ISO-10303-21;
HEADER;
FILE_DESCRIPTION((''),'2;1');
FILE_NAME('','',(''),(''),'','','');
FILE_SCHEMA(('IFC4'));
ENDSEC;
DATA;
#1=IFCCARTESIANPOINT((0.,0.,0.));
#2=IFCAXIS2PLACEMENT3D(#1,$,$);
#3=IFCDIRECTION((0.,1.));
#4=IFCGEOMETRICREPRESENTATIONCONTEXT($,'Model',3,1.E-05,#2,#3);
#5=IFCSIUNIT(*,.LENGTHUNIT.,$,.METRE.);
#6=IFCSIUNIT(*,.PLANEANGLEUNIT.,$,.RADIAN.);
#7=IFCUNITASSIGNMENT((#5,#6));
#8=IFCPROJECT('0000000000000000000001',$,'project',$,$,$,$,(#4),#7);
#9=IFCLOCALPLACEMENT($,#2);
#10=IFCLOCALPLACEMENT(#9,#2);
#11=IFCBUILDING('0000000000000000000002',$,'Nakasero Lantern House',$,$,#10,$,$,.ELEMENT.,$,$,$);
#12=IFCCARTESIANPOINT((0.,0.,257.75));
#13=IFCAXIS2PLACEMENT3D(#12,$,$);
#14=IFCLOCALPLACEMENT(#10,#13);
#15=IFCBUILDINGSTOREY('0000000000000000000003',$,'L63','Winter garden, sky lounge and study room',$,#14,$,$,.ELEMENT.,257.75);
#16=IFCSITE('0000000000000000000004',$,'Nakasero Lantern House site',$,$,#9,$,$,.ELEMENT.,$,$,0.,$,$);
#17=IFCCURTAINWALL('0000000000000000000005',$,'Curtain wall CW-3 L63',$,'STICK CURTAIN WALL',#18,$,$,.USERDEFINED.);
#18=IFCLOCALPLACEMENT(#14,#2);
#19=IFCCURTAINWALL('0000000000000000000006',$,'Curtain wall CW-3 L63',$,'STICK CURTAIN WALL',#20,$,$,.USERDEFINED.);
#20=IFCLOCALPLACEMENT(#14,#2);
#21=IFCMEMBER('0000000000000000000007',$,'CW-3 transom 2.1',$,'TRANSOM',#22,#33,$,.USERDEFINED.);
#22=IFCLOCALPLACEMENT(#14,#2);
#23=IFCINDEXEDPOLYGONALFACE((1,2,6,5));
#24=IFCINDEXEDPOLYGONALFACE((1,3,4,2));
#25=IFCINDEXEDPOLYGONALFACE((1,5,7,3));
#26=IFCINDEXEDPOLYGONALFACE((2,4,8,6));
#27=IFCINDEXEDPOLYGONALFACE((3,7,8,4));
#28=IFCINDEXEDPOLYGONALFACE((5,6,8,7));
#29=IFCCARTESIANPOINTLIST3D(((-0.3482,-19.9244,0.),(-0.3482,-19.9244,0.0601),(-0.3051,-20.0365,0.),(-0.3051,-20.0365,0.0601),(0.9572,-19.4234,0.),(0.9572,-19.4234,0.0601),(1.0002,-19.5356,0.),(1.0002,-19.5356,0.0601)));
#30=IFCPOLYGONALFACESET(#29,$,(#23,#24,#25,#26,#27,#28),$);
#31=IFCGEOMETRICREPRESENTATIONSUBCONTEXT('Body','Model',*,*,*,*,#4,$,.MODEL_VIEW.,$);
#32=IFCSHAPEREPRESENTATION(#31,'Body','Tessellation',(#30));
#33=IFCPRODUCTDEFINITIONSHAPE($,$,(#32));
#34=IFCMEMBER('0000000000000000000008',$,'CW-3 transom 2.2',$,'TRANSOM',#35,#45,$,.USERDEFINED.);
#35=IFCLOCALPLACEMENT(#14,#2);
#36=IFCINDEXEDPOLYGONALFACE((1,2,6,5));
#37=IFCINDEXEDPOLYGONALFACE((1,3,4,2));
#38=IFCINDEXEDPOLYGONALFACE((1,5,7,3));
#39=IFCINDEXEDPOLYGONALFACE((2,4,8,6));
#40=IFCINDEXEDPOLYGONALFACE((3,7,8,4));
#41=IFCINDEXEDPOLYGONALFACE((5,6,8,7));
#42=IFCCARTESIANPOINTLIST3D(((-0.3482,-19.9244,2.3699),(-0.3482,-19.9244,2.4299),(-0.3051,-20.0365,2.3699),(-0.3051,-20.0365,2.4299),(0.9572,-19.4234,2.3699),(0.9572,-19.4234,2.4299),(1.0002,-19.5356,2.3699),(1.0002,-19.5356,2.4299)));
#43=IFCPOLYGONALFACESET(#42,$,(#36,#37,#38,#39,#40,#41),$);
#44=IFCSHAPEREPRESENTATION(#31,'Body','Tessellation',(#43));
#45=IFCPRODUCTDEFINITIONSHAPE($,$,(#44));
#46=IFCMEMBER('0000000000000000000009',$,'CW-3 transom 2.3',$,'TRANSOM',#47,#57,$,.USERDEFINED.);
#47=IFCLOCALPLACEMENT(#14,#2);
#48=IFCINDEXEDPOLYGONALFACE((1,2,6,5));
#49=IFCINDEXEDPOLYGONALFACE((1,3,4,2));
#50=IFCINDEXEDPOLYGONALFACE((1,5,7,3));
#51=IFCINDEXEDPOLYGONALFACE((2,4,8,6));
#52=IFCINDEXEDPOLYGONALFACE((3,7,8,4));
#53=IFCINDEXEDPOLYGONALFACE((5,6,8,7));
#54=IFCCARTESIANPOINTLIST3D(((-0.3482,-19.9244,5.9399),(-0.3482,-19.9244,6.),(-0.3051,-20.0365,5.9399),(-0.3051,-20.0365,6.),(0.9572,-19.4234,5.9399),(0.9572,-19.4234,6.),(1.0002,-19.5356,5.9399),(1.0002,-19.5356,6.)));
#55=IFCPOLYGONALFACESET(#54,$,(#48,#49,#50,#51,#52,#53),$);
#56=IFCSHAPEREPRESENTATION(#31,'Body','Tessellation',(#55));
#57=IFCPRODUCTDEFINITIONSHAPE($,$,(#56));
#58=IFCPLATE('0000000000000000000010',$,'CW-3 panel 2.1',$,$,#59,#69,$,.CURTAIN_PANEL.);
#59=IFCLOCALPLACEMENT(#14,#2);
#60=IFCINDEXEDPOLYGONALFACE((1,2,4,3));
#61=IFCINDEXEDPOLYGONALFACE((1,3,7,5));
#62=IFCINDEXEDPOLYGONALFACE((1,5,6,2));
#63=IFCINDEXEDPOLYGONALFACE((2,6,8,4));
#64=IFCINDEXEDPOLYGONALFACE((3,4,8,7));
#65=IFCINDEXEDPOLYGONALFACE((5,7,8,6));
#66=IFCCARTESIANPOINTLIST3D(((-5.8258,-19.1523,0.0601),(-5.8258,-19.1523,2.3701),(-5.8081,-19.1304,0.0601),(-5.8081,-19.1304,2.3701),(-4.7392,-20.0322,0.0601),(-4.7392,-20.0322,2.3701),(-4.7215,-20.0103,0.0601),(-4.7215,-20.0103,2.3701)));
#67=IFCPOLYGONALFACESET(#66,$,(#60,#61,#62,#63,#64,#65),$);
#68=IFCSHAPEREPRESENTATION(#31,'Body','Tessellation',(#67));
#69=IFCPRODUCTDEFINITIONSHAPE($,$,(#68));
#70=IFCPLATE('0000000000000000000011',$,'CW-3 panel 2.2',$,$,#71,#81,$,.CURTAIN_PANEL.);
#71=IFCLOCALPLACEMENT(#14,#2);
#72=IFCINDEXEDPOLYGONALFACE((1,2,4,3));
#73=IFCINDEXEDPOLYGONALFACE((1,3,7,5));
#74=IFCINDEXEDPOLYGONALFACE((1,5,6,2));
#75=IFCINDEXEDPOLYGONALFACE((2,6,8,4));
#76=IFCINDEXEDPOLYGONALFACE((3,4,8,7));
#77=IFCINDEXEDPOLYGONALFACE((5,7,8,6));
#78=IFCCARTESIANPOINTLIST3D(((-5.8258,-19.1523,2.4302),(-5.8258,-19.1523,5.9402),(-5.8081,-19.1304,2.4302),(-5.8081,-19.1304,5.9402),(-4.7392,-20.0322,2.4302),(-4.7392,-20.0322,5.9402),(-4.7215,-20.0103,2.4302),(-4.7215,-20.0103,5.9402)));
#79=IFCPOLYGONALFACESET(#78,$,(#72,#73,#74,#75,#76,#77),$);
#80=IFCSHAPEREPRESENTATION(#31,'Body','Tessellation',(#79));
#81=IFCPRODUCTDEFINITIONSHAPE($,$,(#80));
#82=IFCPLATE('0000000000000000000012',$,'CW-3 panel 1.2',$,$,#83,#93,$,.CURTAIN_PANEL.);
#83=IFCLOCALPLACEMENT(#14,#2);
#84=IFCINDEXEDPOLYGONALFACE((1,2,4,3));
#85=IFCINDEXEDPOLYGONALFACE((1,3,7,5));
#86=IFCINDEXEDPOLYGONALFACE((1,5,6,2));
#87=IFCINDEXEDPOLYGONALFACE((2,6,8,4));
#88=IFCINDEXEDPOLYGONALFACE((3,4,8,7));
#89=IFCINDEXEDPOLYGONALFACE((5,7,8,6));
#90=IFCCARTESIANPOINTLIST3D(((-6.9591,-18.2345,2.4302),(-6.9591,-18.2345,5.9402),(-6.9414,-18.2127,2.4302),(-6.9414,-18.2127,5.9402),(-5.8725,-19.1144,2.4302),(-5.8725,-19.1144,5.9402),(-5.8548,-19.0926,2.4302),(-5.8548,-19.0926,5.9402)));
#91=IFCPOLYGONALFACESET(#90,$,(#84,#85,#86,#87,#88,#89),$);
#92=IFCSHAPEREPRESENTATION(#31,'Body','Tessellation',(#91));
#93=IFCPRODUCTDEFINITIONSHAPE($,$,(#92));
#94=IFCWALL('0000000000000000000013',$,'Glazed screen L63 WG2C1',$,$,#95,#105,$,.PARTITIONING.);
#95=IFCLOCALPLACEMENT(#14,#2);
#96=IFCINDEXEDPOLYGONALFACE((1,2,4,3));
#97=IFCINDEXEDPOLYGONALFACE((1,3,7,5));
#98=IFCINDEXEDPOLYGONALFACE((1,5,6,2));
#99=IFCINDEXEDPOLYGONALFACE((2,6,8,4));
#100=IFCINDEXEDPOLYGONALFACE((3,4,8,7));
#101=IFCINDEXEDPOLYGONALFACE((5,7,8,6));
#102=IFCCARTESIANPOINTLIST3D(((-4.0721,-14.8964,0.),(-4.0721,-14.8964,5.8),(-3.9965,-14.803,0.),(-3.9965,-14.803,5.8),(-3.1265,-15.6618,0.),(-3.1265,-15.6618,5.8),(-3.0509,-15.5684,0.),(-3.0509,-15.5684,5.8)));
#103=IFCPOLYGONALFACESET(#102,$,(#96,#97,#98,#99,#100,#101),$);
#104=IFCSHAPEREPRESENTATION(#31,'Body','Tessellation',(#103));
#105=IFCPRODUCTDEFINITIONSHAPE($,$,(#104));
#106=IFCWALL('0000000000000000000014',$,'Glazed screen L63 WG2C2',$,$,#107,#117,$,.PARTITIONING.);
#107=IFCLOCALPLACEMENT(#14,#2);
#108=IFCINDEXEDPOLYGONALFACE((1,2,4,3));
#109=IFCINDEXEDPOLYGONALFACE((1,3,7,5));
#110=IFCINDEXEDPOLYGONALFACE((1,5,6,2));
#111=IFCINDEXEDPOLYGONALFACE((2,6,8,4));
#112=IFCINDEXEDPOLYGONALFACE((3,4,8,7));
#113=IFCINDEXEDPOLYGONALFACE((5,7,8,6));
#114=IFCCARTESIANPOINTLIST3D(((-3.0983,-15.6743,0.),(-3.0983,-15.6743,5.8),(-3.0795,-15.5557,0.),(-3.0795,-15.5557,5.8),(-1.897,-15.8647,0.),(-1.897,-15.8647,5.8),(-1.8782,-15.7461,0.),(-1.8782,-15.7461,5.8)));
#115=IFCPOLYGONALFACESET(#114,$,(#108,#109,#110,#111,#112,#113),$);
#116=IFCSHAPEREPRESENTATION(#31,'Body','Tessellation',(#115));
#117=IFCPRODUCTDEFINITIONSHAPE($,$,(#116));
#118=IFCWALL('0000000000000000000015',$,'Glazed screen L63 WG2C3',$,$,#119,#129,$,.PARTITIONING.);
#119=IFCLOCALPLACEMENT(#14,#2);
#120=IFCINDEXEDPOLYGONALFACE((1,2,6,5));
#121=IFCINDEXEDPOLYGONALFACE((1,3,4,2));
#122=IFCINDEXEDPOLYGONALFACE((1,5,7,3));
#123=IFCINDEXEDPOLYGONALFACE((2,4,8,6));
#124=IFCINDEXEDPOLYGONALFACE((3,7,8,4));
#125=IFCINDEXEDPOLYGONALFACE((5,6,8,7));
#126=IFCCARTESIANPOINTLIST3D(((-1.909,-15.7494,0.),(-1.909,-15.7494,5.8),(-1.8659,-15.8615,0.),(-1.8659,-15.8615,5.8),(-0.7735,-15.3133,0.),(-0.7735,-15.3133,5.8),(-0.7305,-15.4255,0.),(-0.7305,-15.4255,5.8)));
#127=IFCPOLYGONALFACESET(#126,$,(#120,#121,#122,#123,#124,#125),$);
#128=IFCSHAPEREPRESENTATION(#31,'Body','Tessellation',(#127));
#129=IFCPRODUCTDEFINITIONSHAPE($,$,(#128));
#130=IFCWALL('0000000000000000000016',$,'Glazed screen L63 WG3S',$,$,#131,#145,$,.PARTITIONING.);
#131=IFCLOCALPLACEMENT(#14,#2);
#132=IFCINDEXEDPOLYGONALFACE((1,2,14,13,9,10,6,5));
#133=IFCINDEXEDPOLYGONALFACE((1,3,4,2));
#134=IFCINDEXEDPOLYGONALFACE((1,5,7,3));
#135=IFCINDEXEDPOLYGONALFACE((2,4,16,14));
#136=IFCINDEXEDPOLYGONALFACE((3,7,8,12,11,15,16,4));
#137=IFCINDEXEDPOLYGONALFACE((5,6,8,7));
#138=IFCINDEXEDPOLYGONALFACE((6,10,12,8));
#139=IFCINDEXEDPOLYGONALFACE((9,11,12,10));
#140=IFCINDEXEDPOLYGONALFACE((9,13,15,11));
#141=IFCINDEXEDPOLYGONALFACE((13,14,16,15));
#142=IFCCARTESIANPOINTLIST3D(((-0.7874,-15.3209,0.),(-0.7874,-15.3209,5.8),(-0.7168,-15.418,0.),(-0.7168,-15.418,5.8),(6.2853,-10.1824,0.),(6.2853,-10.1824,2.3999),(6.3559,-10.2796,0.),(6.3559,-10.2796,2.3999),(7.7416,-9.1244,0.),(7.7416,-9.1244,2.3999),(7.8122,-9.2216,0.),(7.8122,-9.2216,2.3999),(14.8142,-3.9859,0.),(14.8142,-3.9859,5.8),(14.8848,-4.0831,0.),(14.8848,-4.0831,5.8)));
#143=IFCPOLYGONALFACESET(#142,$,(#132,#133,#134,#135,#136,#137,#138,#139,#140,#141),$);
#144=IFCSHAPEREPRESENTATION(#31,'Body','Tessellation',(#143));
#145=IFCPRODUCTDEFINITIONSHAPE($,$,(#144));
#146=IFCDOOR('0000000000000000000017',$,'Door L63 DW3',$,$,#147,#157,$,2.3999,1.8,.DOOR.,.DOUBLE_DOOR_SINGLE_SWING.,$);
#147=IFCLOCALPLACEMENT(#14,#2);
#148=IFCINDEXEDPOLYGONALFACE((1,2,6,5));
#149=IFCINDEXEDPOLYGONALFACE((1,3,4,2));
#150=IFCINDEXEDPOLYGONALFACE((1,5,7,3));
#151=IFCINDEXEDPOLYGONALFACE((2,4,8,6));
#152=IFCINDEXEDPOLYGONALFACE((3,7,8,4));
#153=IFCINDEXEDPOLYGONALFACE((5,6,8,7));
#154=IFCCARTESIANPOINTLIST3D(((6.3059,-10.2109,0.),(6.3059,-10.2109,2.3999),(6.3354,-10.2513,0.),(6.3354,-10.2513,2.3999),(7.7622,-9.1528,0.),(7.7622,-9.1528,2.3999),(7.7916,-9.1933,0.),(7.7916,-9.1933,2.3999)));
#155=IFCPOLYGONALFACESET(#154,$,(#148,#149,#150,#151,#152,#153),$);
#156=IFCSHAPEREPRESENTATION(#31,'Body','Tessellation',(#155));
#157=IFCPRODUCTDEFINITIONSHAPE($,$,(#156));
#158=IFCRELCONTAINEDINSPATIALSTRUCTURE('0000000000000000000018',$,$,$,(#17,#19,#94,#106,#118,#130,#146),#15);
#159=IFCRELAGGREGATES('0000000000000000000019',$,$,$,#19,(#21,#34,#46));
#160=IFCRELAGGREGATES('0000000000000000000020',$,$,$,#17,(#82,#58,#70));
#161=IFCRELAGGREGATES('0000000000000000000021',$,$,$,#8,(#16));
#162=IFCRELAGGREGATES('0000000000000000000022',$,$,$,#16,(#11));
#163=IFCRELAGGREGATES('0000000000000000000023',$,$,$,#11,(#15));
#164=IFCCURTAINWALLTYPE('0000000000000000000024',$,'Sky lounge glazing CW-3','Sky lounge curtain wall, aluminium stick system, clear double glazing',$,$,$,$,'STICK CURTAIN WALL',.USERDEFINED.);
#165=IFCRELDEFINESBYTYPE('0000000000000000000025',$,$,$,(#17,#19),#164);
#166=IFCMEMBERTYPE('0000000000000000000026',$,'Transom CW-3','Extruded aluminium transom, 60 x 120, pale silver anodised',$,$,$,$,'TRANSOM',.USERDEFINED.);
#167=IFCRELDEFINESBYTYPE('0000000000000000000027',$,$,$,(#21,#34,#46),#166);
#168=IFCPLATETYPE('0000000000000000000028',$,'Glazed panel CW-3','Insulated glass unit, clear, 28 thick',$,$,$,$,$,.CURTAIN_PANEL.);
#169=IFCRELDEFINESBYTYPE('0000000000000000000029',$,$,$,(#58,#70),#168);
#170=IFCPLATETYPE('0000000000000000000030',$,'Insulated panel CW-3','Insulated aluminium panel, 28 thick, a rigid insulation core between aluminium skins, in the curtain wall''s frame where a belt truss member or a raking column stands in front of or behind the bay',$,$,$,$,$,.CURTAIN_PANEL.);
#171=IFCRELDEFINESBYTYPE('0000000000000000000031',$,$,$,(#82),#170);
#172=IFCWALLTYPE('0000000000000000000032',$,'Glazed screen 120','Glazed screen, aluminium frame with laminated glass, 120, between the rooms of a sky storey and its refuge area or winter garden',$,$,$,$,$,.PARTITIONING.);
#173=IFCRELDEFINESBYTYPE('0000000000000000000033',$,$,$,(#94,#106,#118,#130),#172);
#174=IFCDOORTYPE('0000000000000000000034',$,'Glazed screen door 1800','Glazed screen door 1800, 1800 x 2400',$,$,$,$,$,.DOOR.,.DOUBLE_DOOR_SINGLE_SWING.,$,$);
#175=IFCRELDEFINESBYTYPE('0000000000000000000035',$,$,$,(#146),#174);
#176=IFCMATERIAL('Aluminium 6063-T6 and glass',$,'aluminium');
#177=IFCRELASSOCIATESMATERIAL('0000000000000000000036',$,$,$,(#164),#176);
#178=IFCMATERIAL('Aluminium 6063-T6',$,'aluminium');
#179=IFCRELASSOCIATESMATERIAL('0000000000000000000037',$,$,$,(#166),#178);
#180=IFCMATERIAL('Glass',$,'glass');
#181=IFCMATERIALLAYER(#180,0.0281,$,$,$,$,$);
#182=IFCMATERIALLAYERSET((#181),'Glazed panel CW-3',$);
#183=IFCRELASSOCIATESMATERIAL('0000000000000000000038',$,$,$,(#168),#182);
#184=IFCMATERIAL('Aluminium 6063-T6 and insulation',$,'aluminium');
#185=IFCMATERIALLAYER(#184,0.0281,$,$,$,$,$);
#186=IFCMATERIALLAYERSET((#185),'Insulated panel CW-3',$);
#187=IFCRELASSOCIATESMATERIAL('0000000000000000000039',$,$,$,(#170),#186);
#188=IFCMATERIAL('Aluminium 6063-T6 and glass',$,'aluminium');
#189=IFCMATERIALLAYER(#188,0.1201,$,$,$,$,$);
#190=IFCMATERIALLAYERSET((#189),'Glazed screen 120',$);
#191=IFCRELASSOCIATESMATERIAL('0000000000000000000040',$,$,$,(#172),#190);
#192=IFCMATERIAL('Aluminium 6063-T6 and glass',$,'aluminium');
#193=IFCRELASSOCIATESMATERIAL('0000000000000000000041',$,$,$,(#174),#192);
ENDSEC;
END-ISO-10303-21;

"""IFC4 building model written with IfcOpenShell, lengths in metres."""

from ifc_helpers import new_model, si_unit, direction, frame, frame_2d, origin, origin_2d, place, context, subcontext, project, spatial, rectangle, extrude, material, layer, layer_set, material_profile, profile_set, type_object, element, fill, aggregate, save


model = new_model("IFC4")

# Units and contexts
model_context = context("Model", 3, precision=1e-05, world=origin(), true_north=direction((0.0, 1.0)))
body_context = subcontext(model_context, "Body", "Model", "MODEL_VIEW")
ifc_project = project(units=[si_unit("LENGTHUNIT", "METRE"), si_unit("PLANEANGLEUNIT", "RADIAN")], contexts=[model_context])

# Site, building, storey
site_placement = place(None, origin())
site = spatial("IfcSite", under=ifc_project, at=site_placement, Name="Nakasero Lantern House site", CompositionType="ELEMENT", RefElevation=0.0)
building_placement = place(site_placement, origin())
building = spatial("IfcBuilding", under=site, at=building_placement, Name="Nakasero Lantern House", CompositionType="ELEMENT")
storey_placement = place(building_placement, frame((0.0, 0.0, 257.75)))
storey = spatial("IfcBuildingStorey", under=building, at=storey_placement, Name="L63", Description="Winter garden, sky lounge and study room", CompositionType="ELEMENT", Elevation=257.75)

# Curtain wall
ifc_material_1 = material(Name="Aluminium 6063-T6 and glass", Category="aluminium")
curtain_wall_type = type_object("IfcCurtainWallType", Name="Sky lounge glazing CW-3", Description="Sky lounge curtain wall, aluminium stick system, clear double glazing", ElementType="STICK CURTAIN WALL", PredefinedType="USERDEFINED", material=ifc_material_1)
curtain_wall_1_placement = place(storey_placement, origin())
curtain_wall_1 = element("IfcCurtainWall", 1, at=curtain_wall_1_placement, inside=storey, type_object=curtain_wall_type, Name="Curtain wall CW-3 L63", ObjectType="STICK CURTAIN WALL", PredefinedType="USERDEFINED")

# Curtain wall
curtain_wall_2_placement = place(storey_placement, origin())
curtain_wall_2 = element("IfcCurtainWall", 2, at=curtain_wall_2_placement, inside=storey, type_object=curtain_wall_type, Name="Curtain wall CW-3 L63", ObjectType="STICK CURTAIN WALL", PredefinedType="USERDEFINED")

# Members
ifc_material_2 = material(Name="Aluminium 6063-T6", Category="aluminium")
ifc_material_profile_1 = material_profile(ifc_material_2, rectangle(XDim=0.0601, YDim=0.1201, at=origin_2d()), Name="CW-3 transom 60x120")
ifc_profile_set_1 = profile_set([ifc_material_profile_1], Name="Aluminium 6063-T6")
member_type_1 = type_object("IfcMemberType", Name="Transom CW-3", Description="Extruded aluminium transom, 60 x 120, pale silver anodised", ElementType="TRANSOM", PredefinedType="USERDEFINED", material=ifc_profile_set_1)
member_1_placement = place(storey_placement, frame((-0.3267, -19.9805, 0.03), z_axis=(0.933611, 0.358289, 0.0), x_axis=(0.0, 0.0, 1.0)))
member_1 = element("IfcMember", 3, at=member_1_placement, type_object=member_type_1, Name="CW-3 transom 2.1", ObjectType="TRANSOM", PredefinedType="USERDEFINED", context=body_context, shape_type="SweptSolid", body=[
    extrude(rectangle(XDim=0.0601, YDim=0.1201, at=origin_2d()), origin(), (0.0, 0.0, 1.0), 1.3982),
])
member_2_placement = place(storey_placement, frame((-0.3267, -19.9805, 2.3999), z_axis=(0.933611, 0.358289, 0.0), x_axis=(0.0, 0.0, 1.0)))
member_2 = element("IfcMember", 4, at=member_2_placement, type_object=member_type_1, Name="CW-3 transom 2.2", ObjectType="TRANSOM", PredefinedType="USERDEFINED", context=body_context, shape_type="SweptSolid", body=[
    extrude(rectangle(XDim=0.0601, YDim=0.1201, at=origin_2d()), origin(), (0.0, 0.0, 1.0), 1.3982),
])
member_3_placement = place(storey_placement, frame((-0.3267, -19.9805, 5.97), z_axis=(0.933611, 0.358289, 0.0), x_axis=(0.0, 0.0, 1.0)))
member_3 = element("IfcMember", 5, at=member_3_placement, type_object=member_type_1, Name="CW-3 transom 2.3", ObjectType="TRANSOM", PredefinedType="USERDEFINED", context=body_context, shape_type="SweptSolid", body=[
    extrude(rectangle(XDim=0.0601, YDim=0.1201, at=origin_2d()), origin(), (0.0, 0.0, 1.0), 1.3982),
])
aggregate(curtain_wall_2, [member_1, member_2, member_3])

# Plates
ifc_material_3 = material(Name="Glass", Category="glass")
ifc_layer_1 = layer(ifc_material_3, 0.0281)
ifc_layer_set_1 = layer_set([ifc_layer_1], Name="Glazed panel CW-3")
plate_type_1 = type_object("IfcPlateType", Name="Glazed panel CW-3", Description="Insulated glass unit, clear, 28 thick", PredefinedType="CURTAIN_PANEL", material=ifc_layer_set_1)
plate_1_placement = place(storey_placement, frame((-5.2737, -19.5813, 0.0601), z_axis=(0.0, 0.0, 1.0), x_axis=(0.777146, -0.62932, 0.0)))
plate_1 = element("IfcPlate", 6, at=plate_1_placement, type_object=plate_type_1, Name="CW-3 panel 2.1", PredefinedType="CURTAIN_PANEL", context=body_context, shape_type="SweptSolid", body=[
    extrude(rectangle(XDim=1.3982, YDim=0.0281, at=origin_2d()), origin(), (0.0, 0.0, 1.0), 2.3101),
])
plate_2_placement = place(storey_placement, frame((-5.2737, -19.5813, 2.4302), z_axis=(0.0, 0.0, 1.0), x_axis=(0.777146, -0.62932, 0.0)))
plate_2 = element("IfcPlate", 7, at=plate_2_placement, type_object=plate_type_1, Name="CW-3 panel 2.2", PredefinedType="CURTAIN_PANEL", context=body_context, shape_type="SweptSolid", body=[
    extrude(rectangle(XDim=1.3982, YDim=0.0281, at=origin_2d()), origin(), (0.0, 0.0, 1.0), 3.51),
])
ifc_material_4 = material(Name="Aluminium 6063-T6 and insulation", Category="aluminium")
ifc_layer_2 = layer(ifc_material_4, 0.0281)
ifc_layer_set_2 = layer_set([ifc_layer_2], Name="Insulated panel CW-3")
plate_type_2 = type_object("IfcPlateType", Name="Insulated panel CW-3", Description="Insulated aluminium panel, 28 thick, a rigid insulation core between aluminium skins, in the curtain wall's frame where a belt truss member or a raking column stands in front of or behind the bay", PredefinedType="CURTAIN_PANEL", material=ifc_layer_set_2)
plate_3_placement = place(storey_placement, frame((-6.407, -18.6636, 2.4302), z_axis=(0.0, 0.0, 1.0), x_axis=(0.777146, -0.62932, 0.0)))
plate_3 = element("IfcPlate", 8, at=plate_3_placement, type_object=plate_type_2, Name="CW-3 panel 1.2", PredefinedType="CURTAIN_PANEL", context=body_context, shape_type="SweptSolid", body=[
    extrude(rectangle(XDim=1.3982, YDim=0.0281, at=origin_2d()), origin(), (0.0, 0.0, 1.0), 3.51),
])
aggregate(curtain_wall_1, [plate_3, plate_1, plate_2])

# Walls
ifc_material_5 = material(Name="Aluminium 6063-T6 and glass", Category="aluminium")
ifc_layer_3 = layer(ifc_material_5, 0.1201)
ifc_layer_set_3 = layer_set([ifc_layer_3], Name="Glazed screen 120")
wall_type = type_object("IfcWallType", Name="Glazed screen 120", Description="Glazed screen, aluminium frame with laminated glass, 120, between the rooms of a sky storey and its refuge area or winter garden", PredefinedType="PARTITIONING", material=ifc_layer_set_3)
wall_1_placement = place(storey_placement, frame((-4.0344, -14.8496, 0.0), z_axis=(0.0, 0.0, 1.0), x_axis=(0.777273, -0.629164, 0.0)))
element("IfcWall", 9, at=wall_1_placement, inside=storey, type_object=wall_type, Name="Glazed screen L63 WG2C1", PredefinedType="PARTITIONING", context=body_context, shape_type="SweptSolid", body=[
    extrude(rectangle(XDim=1.2166, YDim=0.1201, at=frame_2d((0.6084, 0.0))), origin(), (0.0, 0.0, 1.0), 5.8),
])
for number, where, z_axis, x_axis, name in (
    (10, (-3.0889, -15.615, 0.0), (0.0, 0.0, 1.0), (0.98767, -0.15655, 0.0), "Glazed screen L63 WG2C2"),
    (11, (-1.8875, -15.8054, 0.0), (0.0, 0.0, 1.0), (0.933537, 0.358481, 0.0), "Glazed screen L63 WG2C3"),
):
    element("IfcWall", number, at=place(storey_placement, frame(where, z_axis=z_axis, x_axis=x_axis)), inside=storey, type_object=wall_type, Name=name, PredefinedType="PARTITIONING", context=body_context, shape_type="SweptSolid", body=[
        extrude(rectangle(XDim=1.2163, YDim=0.1201, at=frame_2d((0.6082, 0.0))), origin(), (0.0, 0.0, 1.0), 5.8),
    ])

# Wall, opening, door
wall_2_placement = place(storey_placement, frame((-0.752, -15.3694, 0.0), z_axis=(0.0, 0.0, 1.0), x_axis=(0.809023, 0.587777, 0.0)))
wall_2 = element("IfcWall", 12, at=wall_2_placement, inside=storey, type_object=wall_type, Name="Glazed screen L63 WG3S", PredefinedType="PARTITIONING", context=body_context, shape_type="SweptSolid", body=[
    extrude(rectangle(XDim=19.2844, YDim=0.1201, at=frame_2d((9.6421, 0.0))), origin(), (0.0, 0.0, 1.0), 5.8),
])
opening_placement = place(wall_2_placement, frame((8.7422, 0.0, 0.0)))
opening = element("IfcOpeningElement", 13, at=opening_placement, cuts=wall_2, PredefinedType="OPENING", context=body_context, shape_type="SweptSolid", body=[
    extrude(rectangle(XDim=1.8, YDim=2.3999, at=frame_2d((0.8999, 1.2))), frame((0.0, 0.0801, 0.0), z_axis=(0.0, -1.0, 0.0), x_axis=(1.0, 0.0, 0.0)), (0.0, 0.0, 1.0), 0.1602),
])
ifc_material_6 = material(Name="Aluminium 6063-T6 and glass", Category="aluminium")
door_type = type_object("IfcDoorType", Name="Glazed screen door 1800", Description="Glazed screen door 1800, 1800 x 2400", OperationType="DOUBLE_DOOR_SINGLE_SWING", PredefinedType="DOOR", material=ifc_material_6)
door_placement = place(opening_placement, origin())
door = element("IfcDoor", 14, at=door_placement, inside=storey, type_object=door_type, Name="Door L63 DW3", OperationType="DOUBLE_DOOR_SINGLE_SWING", OverallHeight=2.3999, OverallWidth=1.8, PredefinedType="DOOR", context=body_context, shape_type="SweptSolid", body=[
    extrude(rectangle(XDim=1.8, YDim=2.3999, at=frame_2d((0.8999, 1.2))), frame((0.0, 0.0249, 0.0), z_axis=(0.0, -1.0, 0.0), x_axis=(1.0, 0.0, 0.0)), (0.0, 0.0, 1.0), 0.05),
])
fill(opening, door)

save(model, "model.ifc")
